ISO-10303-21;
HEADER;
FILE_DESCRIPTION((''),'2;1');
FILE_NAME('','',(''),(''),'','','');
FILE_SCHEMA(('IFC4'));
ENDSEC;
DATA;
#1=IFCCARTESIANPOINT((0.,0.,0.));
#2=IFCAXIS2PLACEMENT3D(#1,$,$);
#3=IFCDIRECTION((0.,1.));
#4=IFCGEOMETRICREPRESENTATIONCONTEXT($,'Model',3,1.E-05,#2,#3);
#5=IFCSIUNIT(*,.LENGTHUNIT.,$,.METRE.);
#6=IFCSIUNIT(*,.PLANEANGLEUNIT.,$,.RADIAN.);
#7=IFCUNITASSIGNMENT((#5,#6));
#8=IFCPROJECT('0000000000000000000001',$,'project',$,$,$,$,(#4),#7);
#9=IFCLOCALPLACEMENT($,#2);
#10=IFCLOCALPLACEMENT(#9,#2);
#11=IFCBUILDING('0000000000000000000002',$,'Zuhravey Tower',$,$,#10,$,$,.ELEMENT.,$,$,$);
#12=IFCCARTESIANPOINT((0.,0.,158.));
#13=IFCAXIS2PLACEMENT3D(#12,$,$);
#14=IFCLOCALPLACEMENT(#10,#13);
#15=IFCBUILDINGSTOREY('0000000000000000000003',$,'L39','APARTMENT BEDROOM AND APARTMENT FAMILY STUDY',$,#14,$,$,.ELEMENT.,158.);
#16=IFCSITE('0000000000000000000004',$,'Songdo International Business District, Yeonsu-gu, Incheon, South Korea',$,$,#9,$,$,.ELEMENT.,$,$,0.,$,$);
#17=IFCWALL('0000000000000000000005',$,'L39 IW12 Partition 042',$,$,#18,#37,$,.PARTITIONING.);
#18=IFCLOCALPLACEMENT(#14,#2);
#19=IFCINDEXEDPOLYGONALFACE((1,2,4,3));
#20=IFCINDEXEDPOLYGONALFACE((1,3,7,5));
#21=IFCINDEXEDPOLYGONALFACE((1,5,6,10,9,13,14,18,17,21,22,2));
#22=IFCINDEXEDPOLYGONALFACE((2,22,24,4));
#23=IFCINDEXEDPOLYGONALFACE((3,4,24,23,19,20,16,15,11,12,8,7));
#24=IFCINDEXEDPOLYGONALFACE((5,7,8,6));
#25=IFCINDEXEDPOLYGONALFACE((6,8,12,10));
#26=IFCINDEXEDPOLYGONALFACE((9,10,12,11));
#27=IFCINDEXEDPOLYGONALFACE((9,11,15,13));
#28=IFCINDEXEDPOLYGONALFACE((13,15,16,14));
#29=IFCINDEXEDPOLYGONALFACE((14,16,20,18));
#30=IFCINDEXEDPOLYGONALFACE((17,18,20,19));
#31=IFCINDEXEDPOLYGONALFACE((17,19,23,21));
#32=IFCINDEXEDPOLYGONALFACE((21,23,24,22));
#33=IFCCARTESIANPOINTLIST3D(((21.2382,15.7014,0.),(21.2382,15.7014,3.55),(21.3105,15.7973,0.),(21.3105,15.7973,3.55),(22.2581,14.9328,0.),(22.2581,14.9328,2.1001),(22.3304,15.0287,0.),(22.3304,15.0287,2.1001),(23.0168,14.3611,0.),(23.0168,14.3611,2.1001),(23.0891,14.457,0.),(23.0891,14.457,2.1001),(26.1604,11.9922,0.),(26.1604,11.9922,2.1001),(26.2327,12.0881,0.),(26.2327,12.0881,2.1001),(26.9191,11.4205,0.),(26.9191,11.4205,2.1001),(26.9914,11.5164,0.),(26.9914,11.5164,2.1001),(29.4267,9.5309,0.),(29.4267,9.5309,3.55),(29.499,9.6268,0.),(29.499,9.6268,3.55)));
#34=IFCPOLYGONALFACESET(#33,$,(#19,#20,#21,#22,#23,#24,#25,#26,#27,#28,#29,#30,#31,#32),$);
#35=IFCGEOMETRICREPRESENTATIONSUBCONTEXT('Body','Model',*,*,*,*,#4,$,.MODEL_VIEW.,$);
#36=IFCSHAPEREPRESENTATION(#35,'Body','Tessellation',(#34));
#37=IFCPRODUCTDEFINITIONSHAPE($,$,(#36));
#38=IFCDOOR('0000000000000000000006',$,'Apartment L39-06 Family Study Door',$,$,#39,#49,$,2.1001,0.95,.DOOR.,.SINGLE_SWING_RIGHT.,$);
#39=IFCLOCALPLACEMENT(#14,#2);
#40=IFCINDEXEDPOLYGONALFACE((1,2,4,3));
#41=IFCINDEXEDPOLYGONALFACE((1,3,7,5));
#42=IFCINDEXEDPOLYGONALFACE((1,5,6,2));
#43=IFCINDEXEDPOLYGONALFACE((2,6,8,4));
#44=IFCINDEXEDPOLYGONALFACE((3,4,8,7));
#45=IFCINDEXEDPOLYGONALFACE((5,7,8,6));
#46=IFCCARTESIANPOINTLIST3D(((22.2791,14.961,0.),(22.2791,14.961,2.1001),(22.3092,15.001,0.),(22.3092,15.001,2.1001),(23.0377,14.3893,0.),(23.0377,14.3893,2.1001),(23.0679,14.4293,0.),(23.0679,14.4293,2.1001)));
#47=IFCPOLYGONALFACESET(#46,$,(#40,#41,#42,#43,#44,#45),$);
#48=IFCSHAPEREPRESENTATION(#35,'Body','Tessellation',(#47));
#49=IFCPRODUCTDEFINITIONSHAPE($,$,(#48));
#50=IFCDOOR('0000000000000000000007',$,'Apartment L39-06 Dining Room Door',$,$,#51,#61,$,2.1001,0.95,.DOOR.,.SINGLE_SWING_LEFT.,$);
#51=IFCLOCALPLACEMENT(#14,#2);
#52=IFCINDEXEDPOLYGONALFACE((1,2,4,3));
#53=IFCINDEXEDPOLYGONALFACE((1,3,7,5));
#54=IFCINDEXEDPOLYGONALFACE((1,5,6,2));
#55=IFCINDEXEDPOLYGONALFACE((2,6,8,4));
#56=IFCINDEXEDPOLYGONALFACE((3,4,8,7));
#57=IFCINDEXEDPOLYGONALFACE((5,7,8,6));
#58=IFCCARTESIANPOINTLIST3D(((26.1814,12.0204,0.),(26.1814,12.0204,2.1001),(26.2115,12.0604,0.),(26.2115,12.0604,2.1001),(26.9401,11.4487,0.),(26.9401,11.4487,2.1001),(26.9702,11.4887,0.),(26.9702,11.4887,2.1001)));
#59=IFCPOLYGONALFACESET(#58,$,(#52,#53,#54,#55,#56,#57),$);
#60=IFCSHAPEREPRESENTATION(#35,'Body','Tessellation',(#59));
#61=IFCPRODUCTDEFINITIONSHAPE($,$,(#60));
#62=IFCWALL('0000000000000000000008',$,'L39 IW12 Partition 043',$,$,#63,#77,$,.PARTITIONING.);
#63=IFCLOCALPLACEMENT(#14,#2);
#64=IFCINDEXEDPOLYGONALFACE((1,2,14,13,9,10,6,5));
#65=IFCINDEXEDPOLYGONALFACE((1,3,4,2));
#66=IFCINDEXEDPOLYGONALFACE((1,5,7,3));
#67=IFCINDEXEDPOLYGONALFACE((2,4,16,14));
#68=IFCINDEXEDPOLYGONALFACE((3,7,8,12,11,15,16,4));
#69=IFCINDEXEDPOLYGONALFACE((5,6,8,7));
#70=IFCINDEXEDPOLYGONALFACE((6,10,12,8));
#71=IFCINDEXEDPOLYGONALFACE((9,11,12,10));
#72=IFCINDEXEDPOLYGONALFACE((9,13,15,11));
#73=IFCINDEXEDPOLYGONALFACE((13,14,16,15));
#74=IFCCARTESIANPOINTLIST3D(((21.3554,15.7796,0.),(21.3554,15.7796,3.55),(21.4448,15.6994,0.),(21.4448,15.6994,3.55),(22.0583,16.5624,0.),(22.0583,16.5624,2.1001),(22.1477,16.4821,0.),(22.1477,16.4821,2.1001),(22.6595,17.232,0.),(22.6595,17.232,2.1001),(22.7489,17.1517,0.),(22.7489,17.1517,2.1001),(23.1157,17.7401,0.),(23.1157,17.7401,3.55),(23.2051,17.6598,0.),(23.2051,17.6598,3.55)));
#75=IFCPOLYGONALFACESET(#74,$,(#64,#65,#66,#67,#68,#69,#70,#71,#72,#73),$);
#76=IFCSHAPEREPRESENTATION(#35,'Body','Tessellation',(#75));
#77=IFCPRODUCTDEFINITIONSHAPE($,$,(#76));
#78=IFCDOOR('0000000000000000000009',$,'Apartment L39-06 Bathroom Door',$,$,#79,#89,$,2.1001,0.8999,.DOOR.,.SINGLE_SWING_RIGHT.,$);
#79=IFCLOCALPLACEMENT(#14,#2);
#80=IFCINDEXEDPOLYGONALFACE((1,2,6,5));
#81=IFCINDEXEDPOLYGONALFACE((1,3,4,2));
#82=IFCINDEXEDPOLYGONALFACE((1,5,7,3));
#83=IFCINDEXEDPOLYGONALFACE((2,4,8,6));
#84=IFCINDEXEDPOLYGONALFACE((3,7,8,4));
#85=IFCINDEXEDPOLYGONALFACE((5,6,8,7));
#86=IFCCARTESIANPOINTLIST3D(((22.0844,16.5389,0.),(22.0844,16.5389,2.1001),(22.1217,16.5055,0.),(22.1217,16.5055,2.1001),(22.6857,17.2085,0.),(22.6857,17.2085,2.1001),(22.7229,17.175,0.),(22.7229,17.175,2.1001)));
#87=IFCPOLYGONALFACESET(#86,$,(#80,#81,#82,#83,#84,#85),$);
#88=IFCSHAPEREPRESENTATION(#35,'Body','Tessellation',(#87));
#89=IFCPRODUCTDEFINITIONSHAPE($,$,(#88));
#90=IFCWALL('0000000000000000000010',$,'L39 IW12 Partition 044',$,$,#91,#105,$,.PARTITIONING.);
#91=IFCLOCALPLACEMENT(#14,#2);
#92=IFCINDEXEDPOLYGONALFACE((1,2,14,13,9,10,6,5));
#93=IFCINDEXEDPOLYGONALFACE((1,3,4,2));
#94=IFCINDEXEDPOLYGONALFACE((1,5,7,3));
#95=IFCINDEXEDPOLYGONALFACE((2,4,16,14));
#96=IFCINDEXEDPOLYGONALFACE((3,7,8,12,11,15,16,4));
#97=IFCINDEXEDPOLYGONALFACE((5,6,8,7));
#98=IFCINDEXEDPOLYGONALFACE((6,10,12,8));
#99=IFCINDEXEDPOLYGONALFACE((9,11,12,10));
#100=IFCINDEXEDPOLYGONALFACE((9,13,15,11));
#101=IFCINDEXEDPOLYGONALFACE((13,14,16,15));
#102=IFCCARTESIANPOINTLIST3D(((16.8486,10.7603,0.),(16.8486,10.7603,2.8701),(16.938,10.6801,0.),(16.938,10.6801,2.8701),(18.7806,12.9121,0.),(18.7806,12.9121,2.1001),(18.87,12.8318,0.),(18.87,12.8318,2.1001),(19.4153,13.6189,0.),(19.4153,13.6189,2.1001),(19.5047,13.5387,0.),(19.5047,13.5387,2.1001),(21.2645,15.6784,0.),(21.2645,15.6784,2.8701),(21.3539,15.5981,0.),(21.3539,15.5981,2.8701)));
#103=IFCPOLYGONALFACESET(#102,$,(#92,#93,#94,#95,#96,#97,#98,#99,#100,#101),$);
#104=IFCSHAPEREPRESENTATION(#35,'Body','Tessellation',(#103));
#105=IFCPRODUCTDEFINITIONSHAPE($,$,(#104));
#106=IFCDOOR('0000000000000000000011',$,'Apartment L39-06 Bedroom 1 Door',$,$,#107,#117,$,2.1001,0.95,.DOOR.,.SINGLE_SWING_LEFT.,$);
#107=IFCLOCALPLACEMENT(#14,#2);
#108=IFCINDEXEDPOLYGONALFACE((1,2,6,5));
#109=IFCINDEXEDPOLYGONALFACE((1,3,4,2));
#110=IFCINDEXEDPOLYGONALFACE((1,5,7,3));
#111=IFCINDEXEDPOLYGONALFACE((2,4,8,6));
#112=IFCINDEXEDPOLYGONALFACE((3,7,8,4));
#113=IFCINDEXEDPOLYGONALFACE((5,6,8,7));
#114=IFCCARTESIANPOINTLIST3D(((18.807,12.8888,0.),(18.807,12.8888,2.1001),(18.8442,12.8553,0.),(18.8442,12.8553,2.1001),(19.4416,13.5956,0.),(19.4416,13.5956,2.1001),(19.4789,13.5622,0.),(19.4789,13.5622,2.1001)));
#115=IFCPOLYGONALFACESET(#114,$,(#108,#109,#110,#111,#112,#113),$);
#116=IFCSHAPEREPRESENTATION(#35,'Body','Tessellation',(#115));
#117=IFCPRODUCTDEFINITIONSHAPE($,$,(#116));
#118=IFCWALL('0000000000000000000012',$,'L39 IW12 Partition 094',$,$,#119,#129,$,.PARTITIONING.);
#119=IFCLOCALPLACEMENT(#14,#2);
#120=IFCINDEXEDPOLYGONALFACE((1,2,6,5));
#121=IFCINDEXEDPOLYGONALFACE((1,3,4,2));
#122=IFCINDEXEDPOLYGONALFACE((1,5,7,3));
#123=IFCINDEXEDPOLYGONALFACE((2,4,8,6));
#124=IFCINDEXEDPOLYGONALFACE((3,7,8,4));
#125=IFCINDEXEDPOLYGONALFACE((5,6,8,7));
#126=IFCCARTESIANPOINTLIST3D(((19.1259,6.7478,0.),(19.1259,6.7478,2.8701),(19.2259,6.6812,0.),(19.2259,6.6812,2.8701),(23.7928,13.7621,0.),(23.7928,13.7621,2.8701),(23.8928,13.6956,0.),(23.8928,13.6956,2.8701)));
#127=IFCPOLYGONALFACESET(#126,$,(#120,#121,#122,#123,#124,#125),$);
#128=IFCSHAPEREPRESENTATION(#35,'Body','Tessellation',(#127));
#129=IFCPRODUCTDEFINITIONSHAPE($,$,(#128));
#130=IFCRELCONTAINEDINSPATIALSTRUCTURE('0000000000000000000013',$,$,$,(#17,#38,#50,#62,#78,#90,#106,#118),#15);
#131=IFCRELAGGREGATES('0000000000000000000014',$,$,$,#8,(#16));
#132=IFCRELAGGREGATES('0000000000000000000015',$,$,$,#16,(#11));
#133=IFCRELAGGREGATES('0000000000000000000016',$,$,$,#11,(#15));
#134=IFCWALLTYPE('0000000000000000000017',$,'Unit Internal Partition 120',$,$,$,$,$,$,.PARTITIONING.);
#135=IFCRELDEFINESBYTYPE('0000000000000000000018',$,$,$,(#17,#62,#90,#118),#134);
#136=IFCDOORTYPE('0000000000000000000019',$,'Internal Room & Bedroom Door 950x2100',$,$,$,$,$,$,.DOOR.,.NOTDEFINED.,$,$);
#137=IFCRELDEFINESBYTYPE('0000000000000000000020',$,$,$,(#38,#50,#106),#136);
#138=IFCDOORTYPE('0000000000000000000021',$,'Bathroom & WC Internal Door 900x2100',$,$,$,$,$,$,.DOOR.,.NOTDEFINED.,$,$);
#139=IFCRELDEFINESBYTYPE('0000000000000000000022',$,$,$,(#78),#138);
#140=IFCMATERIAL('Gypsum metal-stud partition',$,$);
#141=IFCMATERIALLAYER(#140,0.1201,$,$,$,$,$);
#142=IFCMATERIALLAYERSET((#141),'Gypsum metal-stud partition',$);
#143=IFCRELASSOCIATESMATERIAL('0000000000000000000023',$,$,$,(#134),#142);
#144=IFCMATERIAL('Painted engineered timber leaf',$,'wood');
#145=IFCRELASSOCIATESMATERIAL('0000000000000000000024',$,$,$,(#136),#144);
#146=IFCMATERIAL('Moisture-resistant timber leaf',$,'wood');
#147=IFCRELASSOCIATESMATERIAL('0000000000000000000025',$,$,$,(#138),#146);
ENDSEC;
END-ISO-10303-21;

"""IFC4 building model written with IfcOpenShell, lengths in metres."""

from ifc_helpers import new_model, si_unit, direction, frame, frame_2d, origin, place, context, subcontext, project, spatial, rectangle, extrude, material, layer, layer_set, type_object, element, fill, save


model = new_model("IFC4")

# Units and contexts
model_context = context("Model", 3, precision=1e-05, world=origin(), true_north=direction((0.0, 1.0)))
body_context = subcontext(model_context, "Body", "Model", "MODEL_VIEW")
ifc_project = project(units=[si_unit("LENGTHUNIT", "METRE"), si_unit("PLANEANGLEUNIT", "RADIAN")], contexts=[model_context])

# Site, building, storey
site_placement = place(None, origin())
site = spatial("IfcSite", under=ifc_project, at=site_placement, Name="Songdo International Business District, Yeonsu-gu, Incheon, South Korea", CompositionType="ELEMENT", RefElevation=0.0)
building_placement = place(site_placement, origin())
building = spatial("IfcBuilding", under=site, at=building_placement, Name="Zuhravey Tower", CompositionType="ELEMENT")
storey_placement = place(building_placement, frame((0.0, 0.0, 158.0)))
storey = spatial("IfcBuildingStorey", under=building, at=storey_placement, Name="L39", Description="APARTMENT BEDROOM AND APARTMENT FAMILY STUDY", CompositionType="ELEMENT", Elevation=158.0)

# Wall, openings, doors
ifc_material_1 = material(Name="Gypsum metal-stud partition")
ifc_layer_1 = layer(ifc_material_1, 0.1201)
ifc_layer_set_1 = layer_set([ifc_layer_1], Name="Gypsum metal-stud partition")
wall_type_1 = type_object("IfcWallType", Name="Unit Internal Partition 120", PredefinedType="PARTITIONING", material=ifc_layer_set_1)
wall_1_placement = place(storey_placement, frame((21.2744, 15.7493, 0.0), z_axis=(0.0, 0.0, 1.0), x_axis=(0.798638, -0.601812, 0.0)))
wall_1 = element("IfcWall", 1, at=wall_1_placement, inside=storey, type_object=wall_type_1, Name="L39 IW12 Partition 042", PredefinedType="PARTITIONING", context=body_context, shape_type="SweptSolid", body=[
    extrude(rectangle(XDim=10.2532, YDim=0.1201, at=frame_2d((5.1265, 0.0))), origin(), (0.0, 0.0, 1.0), 3.55),
])
opening_1_placement = place(wall_1_placement, frame((1.2769, 0.0, 0.0)))
opening_1 = element("IfcOpeningElement", 2, at=opening_1_placement, cuts=wall_1, PredefinedType="OPENING", context=body_context, shape_type="SweptSolid", body=[
    extrude(rectangle(XDim=0.95, YDim=2.1001, at=frame_2d((0.4751, 1.05))), frame((0.0, 0.072, 0.0), z_axis=(0.0, -1.0, 0.0), x_axis=(1.0, 0.0, 0.0)), (0.0, 0.0, 1.0), 0.144),
])
opening_2_placement = place(wall_1_placement, frame((6.1631, 0.0, 0.0)))
opening_2 = element("IfcOpeningElement", 3, at=opening_2_placement, cuts=wall_1, PredefinedType="OPENING", context=body_context, shape_type="SweptSolid", body=[
    extrude(rectangle(XDim=0.95, YDim=2.1001, at=frame_2d((0.4751, 1.05))), frame((0.0, 0.072, 0.0), z_axis=(0.0, -1.0, 0.0), x_axis=(1.0, 0.0, 0.0)), (0.0, 0.0, 1.0), 0.144),
])
ifc_material_2 = material(Name="Painted engineered timber leaf", Category="wood")
door_type_1 = type_object("IfcDoorType", Name="Internal Room & Bedroom Door 950x2100", OperationType="NOTDEFINED", PredefinedType="DOOR", material=ifc_material_2)
door_1_placement = place(opening_1_placement, frame((0.95, 0.0, 0.0), z_axis=(0.0, 0.0, 1.0), x_axis=(-1.0, 0.0, 0.0)))
door_1 = element("IfcDoor", 4, at=door_1_placement, inside=storey, type_object=door_type_1, Name="Apartment L39-06 Family Study Door", OperationType="SINGLE_SWING_RIGHT", OverallHeight=2.1001, OverallWidth=0.95, PredefinedType="DOOR", context=body_context, shape_type="SweptSolid", body=[
    extrude(rectangle(XDim=0.95, YDim=2.1001, at=frame_2d((0.4751, 1.05))), frame((0.0, 0.0249, 0.0), z_axis=(0.0, -1.0, 0.0), x_axis=(1.0, 0.0, 0.0)), (0.0, 0.0, 1.0), 0.05),
])
fill(opening_1, door_1)
door_2_placement = place(opening_2_placement, frame((0.95, 0.0, 0.0), z_axis=(0.0, 0.0, 1.0), x_axis=(-1.0, 0.0, 0.0)))
door_2 = element("IfcDoor", 5, at=door_2_placement, inside=storey, type_object=door_type_1, Name="Apartment L39-06 Dining Room Door", OperationType="SINGLE_SWING_LEFT", OverallHeight=2.1001, OverallWidth=0.95, PredefinedType="DOOR", context=body_context, shape_type="SweptSolid", body=[
    extrude(rectangle(XDim=0.95, YDim=2.1001, at=frame_2d((0.4751, 1.05))), frame((0.0, 0.0249, 0.0), z_axis=(0.0, -1.0, 0.0), x_axis=(1.0, 0.0, 0.0)), (0.0, 0.0, 1.0), 0.05),
])
fill(opening_2, door_2)

# Walls, openings, doors
wall_2_placement = place(storey_placement, frame((23.1604, 17.7, 0.0), z_axis=(0.0, 0.0, 1.0), x_axis=(-0.668094, -0.744077, 0.0)))
wall_2 = element("IfcWall", 6, at=wall_2_placement, inside=storey, type_object=wall_type_1, Name="L39 IW12 Partition 043", PredefinedType="PARTITIONING", context=body_context, shape_type="SweptSolid", body=[
    extrude(rectangle(XDim=2.6348, YDim=0.1201, at=frame_2d((1.3174, 0.0))), origin(), (0.0, 0.0, 1.0), 3.55),
])
opening_3_placement = place(wall_2_placement, frame((0.6829, 0.0, 0.0)))
opening_3 = element("IfcOpeningElement", 7, at=opening_3_placement, cuts=wall_2, PredefinedType="OPENING", context=body_context, shape_type="SweptSolid", body=[
    extrude(rectangle(XDim=0.8999, YDim=2.1001, at=frame_2d((0.45, 1.05))), frame((0.0, 0.072, 0.0), z_axis=(0.0, -1.0, 0.0), x_axis=(1.0, 0.0, 0.0)), (0.0, 0.0, 1.0), 0.144),
])
ifc_material_3 = material(Name="Moisture-resistant timber leaf", Category="wood")
door_type_2 = type_object("IfcDoorType", Name="Bathroom & WC Internal Door 900x2100", OperationType="NOTDEFINED", PredefinedType="DOOR", material=ifc_material_3)
door_3_placement = place(opening_3_placement, frame((0.8999, 0.0, 0.0), z_axis=(0.0, 0.0, 1.0), x_axis=(-1.0, 0.0, 0.0)))
door_3 = element("IfcDoor", 8, at=door_3_placement, inside=storey, type_object=door_type_2, Name="Apartment L39-06 Bathroom Door", OperationType="SINGLE_SWING_RIGHT", OverallHeight=2.1001, OverallWidth=0.8999, PredefinedType="DOOR", context=body_context, shape_type="SweptSolid", body=[
    extrude(rectangle(XDim=0.8999, YDim=2.1001, at=frame_2d((0.45, 1.05))), frame((0.0, 0.0249, 0.0), z_axis=(0.0, -1.0, 0.0), x_axis=(1.0, 0.0, 0.0)), (0.0, 0.0, 1.0), 0.05),
])
fill(opening_3, door_3)
wall_3_placement = place(storey_placement, frame((21.3091, 15.6382, 0.0), z_axis=(0.0, 0.0, 1.0), x_axis=(-0.668095, -0.744076, 0.0)))
wall_3 = element("IfcWall", 9, at=wall_3_placement, inside=storey, type_object=wall_type_1, Name="L39 IW12 Partition 044", PredefinedType="PARTITIONING", context=body_context, shape_type="SweptSolid", body=[
    extrude(rectangle(XDim=6.6096, YDim=0.1201, at=frame_2d((3.3047, 0.0))), origin(), (0.0, 0.0, 1.0), 2.8701),
])
opening_4_placement = place(wall_3_placement, frame((2.7676, 0.0, 0.0)))
opening_4 = element("IfcOpeningElement", 10, at=opening_4_placement, cuts=wall_3, PredefinedType="OPENING", context=body_context, shape_type="SweptSolid", body=[
    extrude(rectangle(XDim=0.95, YDim=2.1001, at=frame_2d((0.4751, 1.05))), frame((0.0, 0.072, 0.0), z_axis=(0.0, -1.0, 0.0), x_axis=(1.0, 0.0, 0.0)), (0.0, 0.0, 1.0), 0.144),
])
door_4_placement = place(opening_4_placement, frame((0.95, 0.0, 0.0), z_axis=(0.0, 0.0, 1.0), x_axis=(-1.0, 0.0, 0.0)))
door_4 = element("IfcDoor", 11, at=door_4_placement, inside=storey, type_object=door_type_1, Name="Apartment L39-06 Bedroom 1 Door", OperationType="SINGLE_SWING_LEFT", OverallHeight=2.1001, OverallWidth=0.95, PredefinedType="DOOR", context=body_context, shape_type="SweptSolid", body=[
    extrude(rectangle(XDim=0.95, YDim=2.1001, at=frame_2d((0.4751, 1.05))), frame((0.0, 0.0249, 0.0), z_axis=(0.0, -1.0, 0.0), x_axis=(1.0, 0.0, 0.0)), (0.0, 0.0, 1.0), 0.05),
])
fill(opening_4, door_4)

# Wall
wall_4_placement = place(storey_placement, frame((23.8428, 13.7288, 0.0), z_axis=(0.0, 0.0, 1.0), x_axis=(-0.553938, -0.832558, 0.0)))
element("IfcWall", 12, at=wall_4_placement, inside=storey, type_object=wall_type_1, Name="L39 IW12 Partition 094", PredefinedType="PARTITIONING", context=body_context, shape_type="SweptSolid", body=[
    extrude(rectangle(XDim=8.425, YDim=0.1201, at=frame_2d((4.2124, 0.0))), origin(), (0.0, 0.0, 1.0), 2.8701),
])

save(model, "model.ifc")
